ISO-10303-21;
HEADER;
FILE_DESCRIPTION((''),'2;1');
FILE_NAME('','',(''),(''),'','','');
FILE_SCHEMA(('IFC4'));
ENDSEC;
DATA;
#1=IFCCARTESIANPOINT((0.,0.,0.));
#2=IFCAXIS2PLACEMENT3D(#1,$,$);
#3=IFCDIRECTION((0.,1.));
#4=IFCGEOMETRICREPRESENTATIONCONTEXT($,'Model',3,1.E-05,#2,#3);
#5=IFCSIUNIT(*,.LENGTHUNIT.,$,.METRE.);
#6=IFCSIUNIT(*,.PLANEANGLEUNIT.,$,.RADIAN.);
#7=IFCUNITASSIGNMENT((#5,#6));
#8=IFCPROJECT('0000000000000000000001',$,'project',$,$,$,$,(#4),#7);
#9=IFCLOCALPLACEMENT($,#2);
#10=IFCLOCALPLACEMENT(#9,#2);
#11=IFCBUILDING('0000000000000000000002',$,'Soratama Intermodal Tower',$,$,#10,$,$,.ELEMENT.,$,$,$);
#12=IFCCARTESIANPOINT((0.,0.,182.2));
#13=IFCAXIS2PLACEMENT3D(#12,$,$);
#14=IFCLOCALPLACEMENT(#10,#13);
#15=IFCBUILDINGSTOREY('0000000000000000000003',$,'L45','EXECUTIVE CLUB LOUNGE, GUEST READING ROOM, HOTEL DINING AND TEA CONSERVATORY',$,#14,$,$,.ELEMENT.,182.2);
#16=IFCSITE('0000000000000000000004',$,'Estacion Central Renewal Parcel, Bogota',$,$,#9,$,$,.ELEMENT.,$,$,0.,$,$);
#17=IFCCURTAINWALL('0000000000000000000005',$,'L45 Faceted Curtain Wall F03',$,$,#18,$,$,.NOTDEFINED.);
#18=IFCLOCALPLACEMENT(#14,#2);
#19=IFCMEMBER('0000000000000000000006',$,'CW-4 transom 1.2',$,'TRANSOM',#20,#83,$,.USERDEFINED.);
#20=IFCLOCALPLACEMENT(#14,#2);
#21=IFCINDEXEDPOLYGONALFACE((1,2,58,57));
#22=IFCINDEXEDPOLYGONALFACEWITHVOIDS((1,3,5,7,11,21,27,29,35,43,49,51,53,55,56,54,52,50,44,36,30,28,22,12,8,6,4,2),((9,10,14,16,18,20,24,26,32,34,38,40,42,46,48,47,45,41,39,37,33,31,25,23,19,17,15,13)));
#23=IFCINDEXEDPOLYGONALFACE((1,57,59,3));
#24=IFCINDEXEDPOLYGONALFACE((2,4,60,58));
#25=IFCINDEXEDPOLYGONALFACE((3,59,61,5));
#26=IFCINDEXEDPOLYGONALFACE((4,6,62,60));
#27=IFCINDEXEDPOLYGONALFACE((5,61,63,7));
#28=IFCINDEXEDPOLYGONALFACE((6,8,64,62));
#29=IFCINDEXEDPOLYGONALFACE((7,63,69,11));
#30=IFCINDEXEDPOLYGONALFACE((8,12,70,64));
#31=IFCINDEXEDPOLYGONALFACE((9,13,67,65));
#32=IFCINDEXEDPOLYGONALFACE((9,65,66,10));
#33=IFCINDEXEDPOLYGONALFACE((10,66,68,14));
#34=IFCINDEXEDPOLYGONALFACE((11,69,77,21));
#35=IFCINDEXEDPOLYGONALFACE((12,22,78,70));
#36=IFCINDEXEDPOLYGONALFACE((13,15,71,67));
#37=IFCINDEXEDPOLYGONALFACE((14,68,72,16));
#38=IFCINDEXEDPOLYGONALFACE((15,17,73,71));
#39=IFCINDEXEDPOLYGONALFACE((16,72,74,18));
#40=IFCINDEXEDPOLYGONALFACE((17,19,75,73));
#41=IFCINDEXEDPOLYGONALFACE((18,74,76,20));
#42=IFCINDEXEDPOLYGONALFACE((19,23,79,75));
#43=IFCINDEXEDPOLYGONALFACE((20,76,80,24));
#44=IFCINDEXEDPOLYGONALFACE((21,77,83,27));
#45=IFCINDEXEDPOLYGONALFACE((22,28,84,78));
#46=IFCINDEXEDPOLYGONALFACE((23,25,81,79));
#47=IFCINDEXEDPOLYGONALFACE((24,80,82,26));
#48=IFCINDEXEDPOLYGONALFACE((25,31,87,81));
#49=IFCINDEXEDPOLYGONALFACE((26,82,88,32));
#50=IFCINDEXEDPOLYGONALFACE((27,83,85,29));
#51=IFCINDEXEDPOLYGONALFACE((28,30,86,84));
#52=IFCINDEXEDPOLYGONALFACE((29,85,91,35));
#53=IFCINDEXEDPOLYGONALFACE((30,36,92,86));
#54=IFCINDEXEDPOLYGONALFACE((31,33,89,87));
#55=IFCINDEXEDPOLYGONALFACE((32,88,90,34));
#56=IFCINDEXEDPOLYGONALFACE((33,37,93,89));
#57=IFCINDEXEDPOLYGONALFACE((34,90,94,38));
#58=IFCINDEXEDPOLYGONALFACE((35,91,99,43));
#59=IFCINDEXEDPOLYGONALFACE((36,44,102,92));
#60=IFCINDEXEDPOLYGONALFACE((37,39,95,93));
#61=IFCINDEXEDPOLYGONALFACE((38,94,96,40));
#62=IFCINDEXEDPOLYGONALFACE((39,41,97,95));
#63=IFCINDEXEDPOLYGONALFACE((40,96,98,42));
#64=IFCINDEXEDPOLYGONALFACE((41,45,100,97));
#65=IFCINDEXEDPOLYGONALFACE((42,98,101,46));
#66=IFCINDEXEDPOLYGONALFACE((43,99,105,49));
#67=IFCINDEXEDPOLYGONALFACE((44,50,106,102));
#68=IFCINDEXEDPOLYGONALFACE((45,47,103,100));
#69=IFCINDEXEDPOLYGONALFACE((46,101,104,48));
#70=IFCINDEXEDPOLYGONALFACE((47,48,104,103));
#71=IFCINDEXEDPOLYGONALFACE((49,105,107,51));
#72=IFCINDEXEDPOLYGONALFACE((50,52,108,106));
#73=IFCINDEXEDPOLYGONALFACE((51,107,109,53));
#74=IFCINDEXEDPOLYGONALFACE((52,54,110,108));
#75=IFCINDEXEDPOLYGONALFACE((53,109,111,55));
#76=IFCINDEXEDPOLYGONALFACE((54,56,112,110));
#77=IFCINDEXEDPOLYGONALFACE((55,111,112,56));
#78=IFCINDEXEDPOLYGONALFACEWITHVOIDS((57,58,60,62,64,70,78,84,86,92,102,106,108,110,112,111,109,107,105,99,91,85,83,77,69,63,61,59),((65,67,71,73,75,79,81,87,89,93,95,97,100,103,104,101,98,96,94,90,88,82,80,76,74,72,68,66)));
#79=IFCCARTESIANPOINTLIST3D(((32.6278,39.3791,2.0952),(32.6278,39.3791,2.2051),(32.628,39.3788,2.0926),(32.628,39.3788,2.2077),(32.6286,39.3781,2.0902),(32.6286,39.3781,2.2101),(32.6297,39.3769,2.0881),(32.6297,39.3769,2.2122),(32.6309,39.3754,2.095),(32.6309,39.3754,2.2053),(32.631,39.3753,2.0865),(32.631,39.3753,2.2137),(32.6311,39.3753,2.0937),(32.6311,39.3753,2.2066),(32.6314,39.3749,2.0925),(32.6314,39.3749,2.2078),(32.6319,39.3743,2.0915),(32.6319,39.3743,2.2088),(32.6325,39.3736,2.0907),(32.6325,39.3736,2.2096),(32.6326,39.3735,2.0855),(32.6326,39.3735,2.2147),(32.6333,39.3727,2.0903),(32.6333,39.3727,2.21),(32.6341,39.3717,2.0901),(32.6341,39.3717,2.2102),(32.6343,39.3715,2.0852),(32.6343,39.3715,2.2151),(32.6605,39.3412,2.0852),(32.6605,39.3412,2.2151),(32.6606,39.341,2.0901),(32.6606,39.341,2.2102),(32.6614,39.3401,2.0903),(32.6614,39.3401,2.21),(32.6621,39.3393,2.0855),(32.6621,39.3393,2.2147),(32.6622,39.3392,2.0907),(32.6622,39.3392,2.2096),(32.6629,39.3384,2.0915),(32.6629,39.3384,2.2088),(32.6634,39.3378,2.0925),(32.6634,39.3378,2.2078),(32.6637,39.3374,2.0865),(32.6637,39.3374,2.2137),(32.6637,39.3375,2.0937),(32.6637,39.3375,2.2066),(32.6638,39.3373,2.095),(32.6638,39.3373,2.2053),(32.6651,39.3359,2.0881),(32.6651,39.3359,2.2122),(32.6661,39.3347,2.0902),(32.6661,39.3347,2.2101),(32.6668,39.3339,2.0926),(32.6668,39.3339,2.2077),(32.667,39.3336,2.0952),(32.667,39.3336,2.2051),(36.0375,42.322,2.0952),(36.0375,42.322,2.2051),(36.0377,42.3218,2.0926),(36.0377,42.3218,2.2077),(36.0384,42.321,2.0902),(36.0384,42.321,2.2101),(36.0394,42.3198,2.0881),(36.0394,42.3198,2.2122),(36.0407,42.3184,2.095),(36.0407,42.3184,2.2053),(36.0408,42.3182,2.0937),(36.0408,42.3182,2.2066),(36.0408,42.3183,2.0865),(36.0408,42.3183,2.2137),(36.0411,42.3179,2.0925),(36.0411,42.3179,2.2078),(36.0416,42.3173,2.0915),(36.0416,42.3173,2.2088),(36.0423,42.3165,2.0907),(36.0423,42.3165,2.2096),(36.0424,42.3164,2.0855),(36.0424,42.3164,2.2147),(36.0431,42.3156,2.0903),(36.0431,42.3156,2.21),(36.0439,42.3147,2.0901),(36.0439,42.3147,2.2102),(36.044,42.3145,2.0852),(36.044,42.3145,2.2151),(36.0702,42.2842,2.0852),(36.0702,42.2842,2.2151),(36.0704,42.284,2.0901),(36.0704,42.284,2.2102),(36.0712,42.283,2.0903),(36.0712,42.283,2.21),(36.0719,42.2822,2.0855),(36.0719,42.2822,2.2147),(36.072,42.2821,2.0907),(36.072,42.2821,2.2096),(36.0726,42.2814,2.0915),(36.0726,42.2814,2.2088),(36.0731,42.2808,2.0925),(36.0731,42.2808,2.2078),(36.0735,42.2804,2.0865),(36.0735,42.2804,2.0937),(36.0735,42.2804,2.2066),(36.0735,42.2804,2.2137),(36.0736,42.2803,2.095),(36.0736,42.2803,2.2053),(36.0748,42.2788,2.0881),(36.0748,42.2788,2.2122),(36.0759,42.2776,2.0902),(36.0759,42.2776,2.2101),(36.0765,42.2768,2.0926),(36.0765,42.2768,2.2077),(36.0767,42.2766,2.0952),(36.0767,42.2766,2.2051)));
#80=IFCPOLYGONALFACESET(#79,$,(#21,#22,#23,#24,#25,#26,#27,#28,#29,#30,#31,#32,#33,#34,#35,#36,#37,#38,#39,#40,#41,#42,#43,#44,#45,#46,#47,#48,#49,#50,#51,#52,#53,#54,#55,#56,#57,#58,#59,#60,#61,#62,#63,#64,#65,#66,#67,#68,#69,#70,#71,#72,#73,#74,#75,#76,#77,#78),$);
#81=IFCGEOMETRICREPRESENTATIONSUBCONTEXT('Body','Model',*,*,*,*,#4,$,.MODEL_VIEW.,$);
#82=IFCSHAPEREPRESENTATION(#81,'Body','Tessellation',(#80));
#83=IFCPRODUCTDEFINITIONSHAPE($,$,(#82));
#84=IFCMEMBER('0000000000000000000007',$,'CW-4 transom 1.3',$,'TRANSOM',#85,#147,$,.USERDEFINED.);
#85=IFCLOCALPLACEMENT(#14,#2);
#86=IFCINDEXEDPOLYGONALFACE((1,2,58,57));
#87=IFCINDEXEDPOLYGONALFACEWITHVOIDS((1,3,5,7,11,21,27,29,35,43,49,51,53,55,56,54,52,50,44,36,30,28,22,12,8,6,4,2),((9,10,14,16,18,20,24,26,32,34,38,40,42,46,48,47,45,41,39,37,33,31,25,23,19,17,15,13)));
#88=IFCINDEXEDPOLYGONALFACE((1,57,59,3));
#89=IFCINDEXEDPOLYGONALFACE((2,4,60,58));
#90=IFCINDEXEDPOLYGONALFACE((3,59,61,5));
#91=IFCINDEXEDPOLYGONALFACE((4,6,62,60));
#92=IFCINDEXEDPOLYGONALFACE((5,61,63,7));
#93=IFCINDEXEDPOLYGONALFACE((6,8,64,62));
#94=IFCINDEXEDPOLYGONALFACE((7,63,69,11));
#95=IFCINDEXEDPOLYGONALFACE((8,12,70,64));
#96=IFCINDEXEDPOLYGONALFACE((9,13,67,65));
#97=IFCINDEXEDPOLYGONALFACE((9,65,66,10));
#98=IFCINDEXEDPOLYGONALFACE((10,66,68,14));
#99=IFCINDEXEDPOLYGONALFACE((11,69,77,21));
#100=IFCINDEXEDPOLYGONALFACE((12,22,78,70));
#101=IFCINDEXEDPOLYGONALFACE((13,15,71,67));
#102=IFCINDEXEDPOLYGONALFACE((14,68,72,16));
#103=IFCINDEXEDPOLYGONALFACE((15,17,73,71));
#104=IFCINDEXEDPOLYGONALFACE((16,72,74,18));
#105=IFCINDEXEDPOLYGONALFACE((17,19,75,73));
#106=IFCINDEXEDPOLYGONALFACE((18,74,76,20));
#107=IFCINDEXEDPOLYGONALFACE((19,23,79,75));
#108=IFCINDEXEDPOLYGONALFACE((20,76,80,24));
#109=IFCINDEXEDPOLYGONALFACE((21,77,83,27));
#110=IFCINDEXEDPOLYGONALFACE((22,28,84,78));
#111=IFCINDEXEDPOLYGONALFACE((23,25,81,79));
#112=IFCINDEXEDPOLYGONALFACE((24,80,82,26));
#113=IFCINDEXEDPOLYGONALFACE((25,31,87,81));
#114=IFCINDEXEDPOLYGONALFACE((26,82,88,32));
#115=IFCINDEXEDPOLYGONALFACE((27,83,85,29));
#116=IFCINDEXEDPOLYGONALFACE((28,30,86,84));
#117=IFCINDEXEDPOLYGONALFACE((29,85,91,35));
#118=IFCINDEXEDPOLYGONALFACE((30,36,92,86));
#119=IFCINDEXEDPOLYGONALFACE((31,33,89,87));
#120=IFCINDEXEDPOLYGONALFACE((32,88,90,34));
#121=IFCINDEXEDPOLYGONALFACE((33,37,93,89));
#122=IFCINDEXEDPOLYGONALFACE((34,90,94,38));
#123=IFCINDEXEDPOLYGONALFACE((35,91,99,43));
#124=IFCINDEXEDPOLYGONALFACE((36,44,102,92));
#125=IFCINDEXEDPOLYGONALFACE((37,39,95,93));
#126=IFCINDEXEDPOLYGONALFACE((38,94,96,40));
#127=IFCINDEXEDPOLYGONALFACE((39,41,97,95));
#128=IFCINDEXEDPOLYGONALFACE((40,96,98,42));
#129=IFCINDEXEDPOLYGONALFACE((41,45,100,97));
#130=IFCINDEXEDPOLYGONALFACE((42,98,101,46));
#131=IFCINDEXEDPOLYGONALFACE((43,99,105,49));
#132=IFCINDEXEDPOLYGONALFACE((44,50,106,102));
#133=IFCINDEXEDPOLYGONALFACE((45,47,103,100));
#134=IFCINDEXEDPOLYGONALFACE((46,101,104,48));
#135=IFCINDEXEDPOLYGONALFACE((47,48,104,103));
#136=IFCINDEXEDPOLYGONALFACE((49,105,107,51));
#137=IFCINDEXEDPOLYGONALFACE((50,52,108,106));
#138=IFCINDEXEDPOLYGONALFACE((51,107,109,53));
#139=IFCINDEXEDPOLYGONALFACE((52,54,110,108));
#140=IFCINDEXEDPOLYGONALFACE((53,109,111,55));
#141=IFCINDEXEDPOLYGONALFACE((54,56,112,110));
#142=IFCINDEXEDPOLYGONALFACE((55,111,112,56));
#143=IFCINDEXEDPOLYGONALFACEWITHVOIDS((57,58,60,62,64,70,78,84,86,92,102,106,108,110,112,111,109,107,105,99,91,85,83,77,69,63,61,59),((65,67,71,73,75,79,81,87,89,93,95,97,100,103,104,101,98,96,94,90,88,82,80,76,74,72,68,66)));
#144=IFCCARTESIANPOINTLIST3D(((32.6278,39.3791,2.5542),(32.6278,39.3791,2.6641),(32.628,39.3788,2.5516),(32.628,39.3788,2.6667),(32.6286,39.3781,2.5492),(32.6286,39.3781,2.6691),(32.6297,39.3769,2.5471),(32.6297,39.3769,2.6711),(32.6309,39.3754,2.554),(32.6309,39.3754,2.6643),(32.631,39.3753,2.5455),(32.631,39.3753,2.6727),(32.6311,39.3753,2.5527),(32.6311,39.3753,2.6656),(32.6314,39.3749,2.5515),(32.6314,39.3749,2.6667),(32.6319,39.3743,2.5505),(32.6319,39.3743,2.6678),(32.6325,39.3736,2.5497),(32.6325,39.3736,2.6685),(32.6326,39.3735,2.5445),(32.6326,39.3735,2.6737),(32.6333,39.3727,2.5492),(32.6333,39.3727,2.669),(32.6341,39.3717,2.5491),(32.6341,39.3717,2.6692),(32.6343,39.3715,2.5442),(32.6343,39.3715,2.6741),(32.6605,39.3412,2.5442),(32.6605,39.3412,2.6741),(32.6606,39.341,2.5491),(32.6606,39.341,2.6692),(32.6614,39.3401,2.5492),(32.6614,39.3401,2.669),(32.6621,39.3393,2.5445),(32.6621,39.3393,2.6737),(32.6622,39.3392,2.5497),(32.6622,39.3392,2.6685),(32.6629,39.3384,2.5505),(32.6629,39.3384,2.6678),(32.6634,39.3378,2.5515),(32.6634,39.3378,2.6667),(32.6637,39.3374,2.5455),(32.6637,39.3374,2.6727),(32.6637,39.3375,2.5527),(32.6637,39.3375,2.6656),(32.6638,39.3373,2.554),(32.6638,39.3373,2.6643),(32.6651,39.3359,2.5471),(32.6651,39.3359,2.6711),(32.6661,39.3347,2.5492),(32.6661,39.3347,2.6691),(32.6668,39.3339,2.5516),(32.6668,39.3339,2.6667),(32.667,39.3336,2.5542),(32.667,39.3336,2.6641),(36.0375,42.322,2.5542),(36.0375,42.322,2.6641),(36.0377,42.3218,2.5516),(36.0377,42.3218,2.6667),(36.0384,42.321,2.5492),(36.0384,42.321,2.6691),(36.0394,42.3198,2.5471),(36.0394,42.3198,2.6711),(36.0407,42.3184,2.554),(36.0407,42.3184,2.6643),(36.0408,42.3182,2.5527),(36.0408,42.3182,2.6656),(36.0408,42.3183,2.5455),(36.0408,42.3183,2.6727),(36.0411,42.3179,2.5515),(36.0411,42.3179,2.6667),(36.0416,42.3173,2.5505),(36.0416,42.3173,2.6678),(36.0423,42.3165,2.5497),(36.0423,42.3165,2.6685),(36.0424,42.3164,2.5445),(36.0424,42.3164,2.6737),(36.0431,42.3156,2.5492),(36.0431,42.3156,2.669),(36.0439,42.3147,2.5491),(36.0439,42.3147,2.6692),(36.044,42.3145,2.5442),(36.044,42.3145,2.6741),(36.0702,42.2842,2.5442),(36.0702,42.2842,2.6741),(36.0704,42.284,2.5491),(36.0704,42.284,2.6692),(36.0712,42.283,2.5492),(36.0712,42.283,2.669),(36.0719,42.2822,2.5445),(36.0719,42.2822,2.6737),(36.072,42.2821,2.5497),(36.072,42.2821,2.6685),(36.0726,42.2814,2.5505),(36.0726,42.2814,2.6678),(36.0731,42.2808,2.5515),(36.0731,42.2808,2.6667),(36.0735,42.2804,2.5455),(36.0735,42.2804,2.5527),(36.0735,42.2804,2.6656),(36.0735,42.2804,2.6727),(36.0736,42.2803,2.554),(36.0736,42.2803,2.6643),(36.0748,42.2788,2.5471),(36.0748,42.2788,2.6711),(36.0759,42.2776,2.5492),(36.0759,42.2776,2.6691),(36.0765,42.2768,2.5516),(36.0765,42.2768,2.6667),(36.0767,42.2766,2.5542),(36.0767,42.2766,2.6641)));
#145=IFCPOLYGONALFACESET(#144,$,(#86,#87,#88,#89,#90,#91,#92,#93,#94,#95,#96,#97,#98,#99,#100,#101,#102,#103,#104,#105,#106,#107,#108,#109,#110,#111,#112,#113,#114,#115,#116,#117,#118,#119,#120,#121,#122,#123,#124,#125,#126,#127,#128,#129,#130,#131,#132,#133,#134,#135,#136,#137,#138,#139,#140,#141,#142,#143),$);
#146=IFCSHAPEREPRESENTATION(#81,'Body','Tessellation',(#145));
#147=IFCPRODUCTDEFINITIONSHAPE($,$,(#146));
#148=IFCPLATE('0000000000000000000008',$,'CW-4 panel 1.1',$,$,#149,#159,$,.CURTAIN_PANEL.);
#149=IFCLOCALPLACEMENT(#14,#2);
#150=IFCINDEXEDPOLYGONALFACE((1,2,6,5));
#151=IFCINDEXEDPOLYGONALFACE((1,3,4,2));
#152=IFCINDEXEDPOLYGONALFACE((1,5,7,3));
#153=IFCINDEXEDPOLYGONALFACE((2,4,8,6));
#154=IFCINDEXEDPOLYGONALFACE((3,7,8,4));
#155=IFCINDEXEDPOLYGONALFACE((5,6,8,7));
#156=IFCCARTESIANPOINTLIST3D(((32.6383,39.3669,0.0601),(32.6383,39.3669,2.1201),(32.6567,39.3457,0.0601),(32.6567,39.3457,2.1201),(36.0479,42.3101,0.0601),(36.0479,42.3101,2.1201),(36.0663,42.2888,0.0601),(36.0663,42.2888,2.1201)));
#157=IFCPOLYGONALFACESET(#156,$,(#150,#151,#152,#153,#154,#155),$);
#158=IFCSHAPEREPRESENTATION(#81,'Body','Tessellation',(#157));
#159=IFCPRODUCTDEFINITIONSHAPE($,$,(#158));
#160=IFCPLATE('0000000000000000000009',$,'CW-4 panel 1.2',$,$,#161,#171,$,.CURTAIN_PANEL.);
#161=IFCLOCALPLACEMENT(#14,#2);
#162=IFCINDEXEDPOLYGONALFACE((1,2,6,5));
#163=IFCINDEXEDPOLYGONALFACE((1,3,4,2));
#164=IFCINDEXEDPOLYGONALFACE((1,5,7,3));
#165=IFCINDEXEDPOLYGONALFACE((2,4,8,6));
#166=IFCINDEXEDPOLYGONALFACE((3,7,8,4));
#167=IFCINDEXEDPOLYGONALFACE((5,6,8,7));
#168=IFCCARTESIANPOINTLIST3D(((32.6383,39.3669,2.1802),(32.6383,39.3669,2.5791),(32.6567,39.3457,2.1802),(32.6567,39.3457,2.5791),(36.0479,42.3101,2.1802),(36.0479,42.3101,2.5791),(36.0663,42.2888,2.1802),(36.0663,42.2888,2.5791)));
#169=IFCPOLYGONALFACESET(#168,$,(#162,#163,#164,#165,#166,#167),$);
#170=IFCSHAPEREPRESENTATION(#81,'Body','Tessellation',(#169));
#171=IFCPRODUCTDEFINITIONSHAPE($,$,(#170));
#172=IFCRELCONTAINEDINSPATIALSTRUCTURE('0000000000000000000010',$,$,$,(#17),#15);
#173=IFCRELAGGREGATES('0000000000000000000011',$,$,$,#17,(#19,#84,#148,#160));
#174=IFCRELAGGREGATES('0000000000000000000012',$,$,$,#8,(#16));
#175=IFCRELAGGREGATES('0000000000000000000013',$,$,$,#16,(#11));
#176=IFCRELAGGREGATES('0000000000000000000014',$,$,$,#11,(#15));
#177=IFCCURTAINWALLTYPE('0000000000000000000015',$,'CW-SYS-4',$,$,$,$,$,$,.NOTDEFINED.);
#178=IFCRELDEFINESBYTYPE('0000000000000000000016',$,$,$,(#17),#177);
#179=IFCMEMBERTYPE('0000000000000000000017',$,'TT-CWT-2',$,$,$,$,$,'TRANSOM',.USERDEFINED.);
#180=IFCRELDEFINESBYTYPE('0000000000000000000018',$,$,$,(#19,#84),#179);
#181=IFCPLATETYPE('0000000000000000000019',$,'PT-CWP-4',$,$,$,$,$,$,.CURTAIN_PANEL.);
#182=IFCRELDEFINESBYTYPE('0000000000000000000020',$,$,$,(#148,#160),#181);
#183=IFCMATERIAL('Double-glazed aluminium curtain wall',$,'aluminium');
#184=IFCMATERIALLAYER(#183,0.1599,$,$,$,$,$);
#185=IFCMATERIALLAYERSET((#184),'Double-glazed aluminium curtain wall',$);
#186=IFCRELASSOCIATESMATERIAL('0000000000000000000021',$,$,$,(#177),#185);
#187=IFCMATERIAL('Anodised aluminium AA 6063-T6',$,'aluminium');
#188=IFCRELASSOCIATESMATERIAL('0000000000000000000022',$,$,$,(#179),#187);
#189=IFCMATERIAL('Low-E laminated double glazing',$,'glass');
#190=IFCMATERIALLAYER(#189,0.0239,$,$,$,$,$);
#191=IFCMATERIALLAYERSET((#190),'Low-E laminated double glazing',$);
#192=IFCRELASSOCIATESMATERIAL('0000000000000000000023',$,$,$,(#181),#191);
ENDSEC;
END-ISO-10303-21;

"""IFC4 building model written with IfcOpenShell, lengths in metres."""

from ifc_helpers import new_model, si_unit, direction, frame, origin, origin_2d, place, context, subcontext, project, spatial, rectangle, hollow_rectangle, extrude, material, layer, layer_set, material_profile, profile_set, type_object, element, aggregate, save


model = new_model("IFC4")

# Units and contexts
model_context = context("Model", 3, precision=1e-05, world=origin(), true_north=direction((0.0, 1.0)))
body_context = subcontext(model_context, "Body", "Model", "MODEL_VIEW")
ifc_project = project(units=[si_unit("LENGTHUNIT", "METRE"), si_unit("PLANEANGLEUNIT", "RADIAN")], contexts=[model_context])

# Site, building, storey
site_placement = place(None, origin())
site = spatial("IfcSite", under=ifc_project, at=site_placement, Name="Estacion Central Renewal Parcel, Bogota", CompositionType="ELEMENT", RefElevation=0.0)
building_placement = place(site_placement, origin())
building = spatial("IfcBuilding", under=site, at=building_placement, Name="Soratama Intermodal Tower", CompositionType="ELEMENT")
storey_placement = place(building_placement, frame((0.0, 0.0, 182.2)))
storey = spatial("IfcBuildingStorey", under=building, at=storey_placement, Name="L45", Description="EXECUTIVE CLUB LOUNGE, GUEST READING ROOM, HOTEL DINING AND TEA CONSERVATORY", CompositionType="ELEMENT", Elevation=182.2)

# Curtain wall, members, plates
ifc_material_1 = material(Name="Double-glazed aluminium curtain wall", Category="aluminium")
ifc_layer_1 = layer(ifc_material_1, 0.1599)
ifc_layer_set_1 = layer_set([ifc_layer_1], Name="Double-glazed aluminium curtain wall")
curtain_wall_type = type_object("IfcCurtainWallType", Name="CW-SYS-4", PredefinedType="NOTDEFINED", material=ifc_layer_set_1)
curtain_wall_placement = place(storey_placement, origin())
curtain_wall = element("IfcCurtainWall", 1, at=curtain_wall_placement, inside=storey, type_object=curtain_wall_type, Name="L45 Faceted Curtain Wall F03", PredefinedType="NOTDEFINED")
ifc_material_2 = material(Name="Anodised aluminium AA 6063-T6", Category="aluminium")
ifc_material_profile_1 = material_profile(ifc_material_2, hollow_rectangle(XDim=0.0601, YDim=0.1299, WallThickness=0.0049, InnerFilletRadius=0.0049, OuterFilletRadius=0.01, at=origin_2d()), Name="CWT130X60X5")
ifc_profile_set_1 = profile_set([ifc_material_profile_1], Name="Anodised aluminium AA 6063-T6")
member_type_1 = type_object("IfcMemberType", Name="TT-CWT-2", ElementType="TRANSOM", PredefinedType="USERDEFINED", material=ifc_profile_set_1)
member_1_placement = place(storey_placement, frame((36.0571, 42.2993, 2.1501), z_axis=(-0.757025, -0.653386, 0.0), x_axis=(0.653386, -0.757025, 0.0)))
member_1 = element("IfcMember", 2, at=member_1_placement, type_object=member_type_1, Name="CW-4 transom 1.2", ObjectType="TRANSOM", PredefinedType="USERDEFINED", context=body_context, shape_type="SweptSolid", body=[
    extrude(hollow_rectangle(XDim=0.0601, YDim=0.1299, WallThickness=0.0049, InnerFilletRadius=0.0049, OuterFilletRadius=0.01, at=origin_2d()), origin(), (0.0, 0.0, 1.0), 4.5042),
])
member_2_placement = place(storey_placement, frame((36.0571, 42.2993, 2.6091), z_axis=(-0.757025, -0.653386, 0.0), x_axis=(0.653386, -0.757025, 0.0)))
member_2 = element("IfcMember", 3, at=member_2_placement, type_object=member_type_1, Name="CW-4 transom 1.3", ObjectType="TRANSOM", PredefinedType="USERDEFINED", context=body_context, shape_type="SweptSolid", body=[
    extrude(hollow_rectangle(XDim=0.0601, YDim=0.1299, WallThickness=0.0049, InnerFilletRadius=0.0049, OuterFilletRadius=0.01, at=origin_2d()), origin(), (0.0, 0.0, 1.0), 4.5042),
])
ifc_material_3 = material(Name="Low-E laminated double glazing", Category="glass")
ifc_layer_2 = layer(ifc_material_3, 0.0239)
ifc_layer_set_2 = layer_set([ifc_layer_2], Name="Low-E laminated double glazing")
plate_type = type_object("IfcPlateType", Name="PT-CWP-4", PredefinedType="CURTAIN_PANEL", material=ifc_layer_set_2)
plate_1_placement = place(storey_placement, frame((34.3523, 40.8279, 0.0601), z_axis=(0.0, 0.0, 1.0), x_axis=(-0.756993, -0.653423, 0.0)))
plate_1 = element("IfcPlate", 4, at=plate_1_placement, type_object=plate_type, Name="CW-4 panel 1.1", PredefinedType="CURTAIN_PANEL", context=body_context, shape_type="SweptSolid", body=[
    extrude(rectangle(XDim=4.5042, YDim=0.0281, at=origin_2d()), origin(), (0.0, 0.0, 1.0), 2.0601),
])
plate_2_placement = place(storey_placement, frame((34.3523, 40.8279, 2.1802), z_axis=(0.0, 0.0, 1.0), x_axis=(-0.756993, -0.653423, 0.0)))
plate_2 = element("IfcPlate", 5, at=plate_2_placement, type_object=plate_type, Name="CW-4 panel 1.2", PredefinedType="CURTAIN_PANEL", context=body_context, shape_type="SweptSolid", body=[
    extrude(rectangle(XDim=4.5042, YDim=0.0281, at=origin_2d()), origin(), (0.0, 0.0, 1.0), 0.3989),
])
aggregate(curtain_wall, [member_1, member_2, plate_1, plate_2])

save(model, "model.ifc")
